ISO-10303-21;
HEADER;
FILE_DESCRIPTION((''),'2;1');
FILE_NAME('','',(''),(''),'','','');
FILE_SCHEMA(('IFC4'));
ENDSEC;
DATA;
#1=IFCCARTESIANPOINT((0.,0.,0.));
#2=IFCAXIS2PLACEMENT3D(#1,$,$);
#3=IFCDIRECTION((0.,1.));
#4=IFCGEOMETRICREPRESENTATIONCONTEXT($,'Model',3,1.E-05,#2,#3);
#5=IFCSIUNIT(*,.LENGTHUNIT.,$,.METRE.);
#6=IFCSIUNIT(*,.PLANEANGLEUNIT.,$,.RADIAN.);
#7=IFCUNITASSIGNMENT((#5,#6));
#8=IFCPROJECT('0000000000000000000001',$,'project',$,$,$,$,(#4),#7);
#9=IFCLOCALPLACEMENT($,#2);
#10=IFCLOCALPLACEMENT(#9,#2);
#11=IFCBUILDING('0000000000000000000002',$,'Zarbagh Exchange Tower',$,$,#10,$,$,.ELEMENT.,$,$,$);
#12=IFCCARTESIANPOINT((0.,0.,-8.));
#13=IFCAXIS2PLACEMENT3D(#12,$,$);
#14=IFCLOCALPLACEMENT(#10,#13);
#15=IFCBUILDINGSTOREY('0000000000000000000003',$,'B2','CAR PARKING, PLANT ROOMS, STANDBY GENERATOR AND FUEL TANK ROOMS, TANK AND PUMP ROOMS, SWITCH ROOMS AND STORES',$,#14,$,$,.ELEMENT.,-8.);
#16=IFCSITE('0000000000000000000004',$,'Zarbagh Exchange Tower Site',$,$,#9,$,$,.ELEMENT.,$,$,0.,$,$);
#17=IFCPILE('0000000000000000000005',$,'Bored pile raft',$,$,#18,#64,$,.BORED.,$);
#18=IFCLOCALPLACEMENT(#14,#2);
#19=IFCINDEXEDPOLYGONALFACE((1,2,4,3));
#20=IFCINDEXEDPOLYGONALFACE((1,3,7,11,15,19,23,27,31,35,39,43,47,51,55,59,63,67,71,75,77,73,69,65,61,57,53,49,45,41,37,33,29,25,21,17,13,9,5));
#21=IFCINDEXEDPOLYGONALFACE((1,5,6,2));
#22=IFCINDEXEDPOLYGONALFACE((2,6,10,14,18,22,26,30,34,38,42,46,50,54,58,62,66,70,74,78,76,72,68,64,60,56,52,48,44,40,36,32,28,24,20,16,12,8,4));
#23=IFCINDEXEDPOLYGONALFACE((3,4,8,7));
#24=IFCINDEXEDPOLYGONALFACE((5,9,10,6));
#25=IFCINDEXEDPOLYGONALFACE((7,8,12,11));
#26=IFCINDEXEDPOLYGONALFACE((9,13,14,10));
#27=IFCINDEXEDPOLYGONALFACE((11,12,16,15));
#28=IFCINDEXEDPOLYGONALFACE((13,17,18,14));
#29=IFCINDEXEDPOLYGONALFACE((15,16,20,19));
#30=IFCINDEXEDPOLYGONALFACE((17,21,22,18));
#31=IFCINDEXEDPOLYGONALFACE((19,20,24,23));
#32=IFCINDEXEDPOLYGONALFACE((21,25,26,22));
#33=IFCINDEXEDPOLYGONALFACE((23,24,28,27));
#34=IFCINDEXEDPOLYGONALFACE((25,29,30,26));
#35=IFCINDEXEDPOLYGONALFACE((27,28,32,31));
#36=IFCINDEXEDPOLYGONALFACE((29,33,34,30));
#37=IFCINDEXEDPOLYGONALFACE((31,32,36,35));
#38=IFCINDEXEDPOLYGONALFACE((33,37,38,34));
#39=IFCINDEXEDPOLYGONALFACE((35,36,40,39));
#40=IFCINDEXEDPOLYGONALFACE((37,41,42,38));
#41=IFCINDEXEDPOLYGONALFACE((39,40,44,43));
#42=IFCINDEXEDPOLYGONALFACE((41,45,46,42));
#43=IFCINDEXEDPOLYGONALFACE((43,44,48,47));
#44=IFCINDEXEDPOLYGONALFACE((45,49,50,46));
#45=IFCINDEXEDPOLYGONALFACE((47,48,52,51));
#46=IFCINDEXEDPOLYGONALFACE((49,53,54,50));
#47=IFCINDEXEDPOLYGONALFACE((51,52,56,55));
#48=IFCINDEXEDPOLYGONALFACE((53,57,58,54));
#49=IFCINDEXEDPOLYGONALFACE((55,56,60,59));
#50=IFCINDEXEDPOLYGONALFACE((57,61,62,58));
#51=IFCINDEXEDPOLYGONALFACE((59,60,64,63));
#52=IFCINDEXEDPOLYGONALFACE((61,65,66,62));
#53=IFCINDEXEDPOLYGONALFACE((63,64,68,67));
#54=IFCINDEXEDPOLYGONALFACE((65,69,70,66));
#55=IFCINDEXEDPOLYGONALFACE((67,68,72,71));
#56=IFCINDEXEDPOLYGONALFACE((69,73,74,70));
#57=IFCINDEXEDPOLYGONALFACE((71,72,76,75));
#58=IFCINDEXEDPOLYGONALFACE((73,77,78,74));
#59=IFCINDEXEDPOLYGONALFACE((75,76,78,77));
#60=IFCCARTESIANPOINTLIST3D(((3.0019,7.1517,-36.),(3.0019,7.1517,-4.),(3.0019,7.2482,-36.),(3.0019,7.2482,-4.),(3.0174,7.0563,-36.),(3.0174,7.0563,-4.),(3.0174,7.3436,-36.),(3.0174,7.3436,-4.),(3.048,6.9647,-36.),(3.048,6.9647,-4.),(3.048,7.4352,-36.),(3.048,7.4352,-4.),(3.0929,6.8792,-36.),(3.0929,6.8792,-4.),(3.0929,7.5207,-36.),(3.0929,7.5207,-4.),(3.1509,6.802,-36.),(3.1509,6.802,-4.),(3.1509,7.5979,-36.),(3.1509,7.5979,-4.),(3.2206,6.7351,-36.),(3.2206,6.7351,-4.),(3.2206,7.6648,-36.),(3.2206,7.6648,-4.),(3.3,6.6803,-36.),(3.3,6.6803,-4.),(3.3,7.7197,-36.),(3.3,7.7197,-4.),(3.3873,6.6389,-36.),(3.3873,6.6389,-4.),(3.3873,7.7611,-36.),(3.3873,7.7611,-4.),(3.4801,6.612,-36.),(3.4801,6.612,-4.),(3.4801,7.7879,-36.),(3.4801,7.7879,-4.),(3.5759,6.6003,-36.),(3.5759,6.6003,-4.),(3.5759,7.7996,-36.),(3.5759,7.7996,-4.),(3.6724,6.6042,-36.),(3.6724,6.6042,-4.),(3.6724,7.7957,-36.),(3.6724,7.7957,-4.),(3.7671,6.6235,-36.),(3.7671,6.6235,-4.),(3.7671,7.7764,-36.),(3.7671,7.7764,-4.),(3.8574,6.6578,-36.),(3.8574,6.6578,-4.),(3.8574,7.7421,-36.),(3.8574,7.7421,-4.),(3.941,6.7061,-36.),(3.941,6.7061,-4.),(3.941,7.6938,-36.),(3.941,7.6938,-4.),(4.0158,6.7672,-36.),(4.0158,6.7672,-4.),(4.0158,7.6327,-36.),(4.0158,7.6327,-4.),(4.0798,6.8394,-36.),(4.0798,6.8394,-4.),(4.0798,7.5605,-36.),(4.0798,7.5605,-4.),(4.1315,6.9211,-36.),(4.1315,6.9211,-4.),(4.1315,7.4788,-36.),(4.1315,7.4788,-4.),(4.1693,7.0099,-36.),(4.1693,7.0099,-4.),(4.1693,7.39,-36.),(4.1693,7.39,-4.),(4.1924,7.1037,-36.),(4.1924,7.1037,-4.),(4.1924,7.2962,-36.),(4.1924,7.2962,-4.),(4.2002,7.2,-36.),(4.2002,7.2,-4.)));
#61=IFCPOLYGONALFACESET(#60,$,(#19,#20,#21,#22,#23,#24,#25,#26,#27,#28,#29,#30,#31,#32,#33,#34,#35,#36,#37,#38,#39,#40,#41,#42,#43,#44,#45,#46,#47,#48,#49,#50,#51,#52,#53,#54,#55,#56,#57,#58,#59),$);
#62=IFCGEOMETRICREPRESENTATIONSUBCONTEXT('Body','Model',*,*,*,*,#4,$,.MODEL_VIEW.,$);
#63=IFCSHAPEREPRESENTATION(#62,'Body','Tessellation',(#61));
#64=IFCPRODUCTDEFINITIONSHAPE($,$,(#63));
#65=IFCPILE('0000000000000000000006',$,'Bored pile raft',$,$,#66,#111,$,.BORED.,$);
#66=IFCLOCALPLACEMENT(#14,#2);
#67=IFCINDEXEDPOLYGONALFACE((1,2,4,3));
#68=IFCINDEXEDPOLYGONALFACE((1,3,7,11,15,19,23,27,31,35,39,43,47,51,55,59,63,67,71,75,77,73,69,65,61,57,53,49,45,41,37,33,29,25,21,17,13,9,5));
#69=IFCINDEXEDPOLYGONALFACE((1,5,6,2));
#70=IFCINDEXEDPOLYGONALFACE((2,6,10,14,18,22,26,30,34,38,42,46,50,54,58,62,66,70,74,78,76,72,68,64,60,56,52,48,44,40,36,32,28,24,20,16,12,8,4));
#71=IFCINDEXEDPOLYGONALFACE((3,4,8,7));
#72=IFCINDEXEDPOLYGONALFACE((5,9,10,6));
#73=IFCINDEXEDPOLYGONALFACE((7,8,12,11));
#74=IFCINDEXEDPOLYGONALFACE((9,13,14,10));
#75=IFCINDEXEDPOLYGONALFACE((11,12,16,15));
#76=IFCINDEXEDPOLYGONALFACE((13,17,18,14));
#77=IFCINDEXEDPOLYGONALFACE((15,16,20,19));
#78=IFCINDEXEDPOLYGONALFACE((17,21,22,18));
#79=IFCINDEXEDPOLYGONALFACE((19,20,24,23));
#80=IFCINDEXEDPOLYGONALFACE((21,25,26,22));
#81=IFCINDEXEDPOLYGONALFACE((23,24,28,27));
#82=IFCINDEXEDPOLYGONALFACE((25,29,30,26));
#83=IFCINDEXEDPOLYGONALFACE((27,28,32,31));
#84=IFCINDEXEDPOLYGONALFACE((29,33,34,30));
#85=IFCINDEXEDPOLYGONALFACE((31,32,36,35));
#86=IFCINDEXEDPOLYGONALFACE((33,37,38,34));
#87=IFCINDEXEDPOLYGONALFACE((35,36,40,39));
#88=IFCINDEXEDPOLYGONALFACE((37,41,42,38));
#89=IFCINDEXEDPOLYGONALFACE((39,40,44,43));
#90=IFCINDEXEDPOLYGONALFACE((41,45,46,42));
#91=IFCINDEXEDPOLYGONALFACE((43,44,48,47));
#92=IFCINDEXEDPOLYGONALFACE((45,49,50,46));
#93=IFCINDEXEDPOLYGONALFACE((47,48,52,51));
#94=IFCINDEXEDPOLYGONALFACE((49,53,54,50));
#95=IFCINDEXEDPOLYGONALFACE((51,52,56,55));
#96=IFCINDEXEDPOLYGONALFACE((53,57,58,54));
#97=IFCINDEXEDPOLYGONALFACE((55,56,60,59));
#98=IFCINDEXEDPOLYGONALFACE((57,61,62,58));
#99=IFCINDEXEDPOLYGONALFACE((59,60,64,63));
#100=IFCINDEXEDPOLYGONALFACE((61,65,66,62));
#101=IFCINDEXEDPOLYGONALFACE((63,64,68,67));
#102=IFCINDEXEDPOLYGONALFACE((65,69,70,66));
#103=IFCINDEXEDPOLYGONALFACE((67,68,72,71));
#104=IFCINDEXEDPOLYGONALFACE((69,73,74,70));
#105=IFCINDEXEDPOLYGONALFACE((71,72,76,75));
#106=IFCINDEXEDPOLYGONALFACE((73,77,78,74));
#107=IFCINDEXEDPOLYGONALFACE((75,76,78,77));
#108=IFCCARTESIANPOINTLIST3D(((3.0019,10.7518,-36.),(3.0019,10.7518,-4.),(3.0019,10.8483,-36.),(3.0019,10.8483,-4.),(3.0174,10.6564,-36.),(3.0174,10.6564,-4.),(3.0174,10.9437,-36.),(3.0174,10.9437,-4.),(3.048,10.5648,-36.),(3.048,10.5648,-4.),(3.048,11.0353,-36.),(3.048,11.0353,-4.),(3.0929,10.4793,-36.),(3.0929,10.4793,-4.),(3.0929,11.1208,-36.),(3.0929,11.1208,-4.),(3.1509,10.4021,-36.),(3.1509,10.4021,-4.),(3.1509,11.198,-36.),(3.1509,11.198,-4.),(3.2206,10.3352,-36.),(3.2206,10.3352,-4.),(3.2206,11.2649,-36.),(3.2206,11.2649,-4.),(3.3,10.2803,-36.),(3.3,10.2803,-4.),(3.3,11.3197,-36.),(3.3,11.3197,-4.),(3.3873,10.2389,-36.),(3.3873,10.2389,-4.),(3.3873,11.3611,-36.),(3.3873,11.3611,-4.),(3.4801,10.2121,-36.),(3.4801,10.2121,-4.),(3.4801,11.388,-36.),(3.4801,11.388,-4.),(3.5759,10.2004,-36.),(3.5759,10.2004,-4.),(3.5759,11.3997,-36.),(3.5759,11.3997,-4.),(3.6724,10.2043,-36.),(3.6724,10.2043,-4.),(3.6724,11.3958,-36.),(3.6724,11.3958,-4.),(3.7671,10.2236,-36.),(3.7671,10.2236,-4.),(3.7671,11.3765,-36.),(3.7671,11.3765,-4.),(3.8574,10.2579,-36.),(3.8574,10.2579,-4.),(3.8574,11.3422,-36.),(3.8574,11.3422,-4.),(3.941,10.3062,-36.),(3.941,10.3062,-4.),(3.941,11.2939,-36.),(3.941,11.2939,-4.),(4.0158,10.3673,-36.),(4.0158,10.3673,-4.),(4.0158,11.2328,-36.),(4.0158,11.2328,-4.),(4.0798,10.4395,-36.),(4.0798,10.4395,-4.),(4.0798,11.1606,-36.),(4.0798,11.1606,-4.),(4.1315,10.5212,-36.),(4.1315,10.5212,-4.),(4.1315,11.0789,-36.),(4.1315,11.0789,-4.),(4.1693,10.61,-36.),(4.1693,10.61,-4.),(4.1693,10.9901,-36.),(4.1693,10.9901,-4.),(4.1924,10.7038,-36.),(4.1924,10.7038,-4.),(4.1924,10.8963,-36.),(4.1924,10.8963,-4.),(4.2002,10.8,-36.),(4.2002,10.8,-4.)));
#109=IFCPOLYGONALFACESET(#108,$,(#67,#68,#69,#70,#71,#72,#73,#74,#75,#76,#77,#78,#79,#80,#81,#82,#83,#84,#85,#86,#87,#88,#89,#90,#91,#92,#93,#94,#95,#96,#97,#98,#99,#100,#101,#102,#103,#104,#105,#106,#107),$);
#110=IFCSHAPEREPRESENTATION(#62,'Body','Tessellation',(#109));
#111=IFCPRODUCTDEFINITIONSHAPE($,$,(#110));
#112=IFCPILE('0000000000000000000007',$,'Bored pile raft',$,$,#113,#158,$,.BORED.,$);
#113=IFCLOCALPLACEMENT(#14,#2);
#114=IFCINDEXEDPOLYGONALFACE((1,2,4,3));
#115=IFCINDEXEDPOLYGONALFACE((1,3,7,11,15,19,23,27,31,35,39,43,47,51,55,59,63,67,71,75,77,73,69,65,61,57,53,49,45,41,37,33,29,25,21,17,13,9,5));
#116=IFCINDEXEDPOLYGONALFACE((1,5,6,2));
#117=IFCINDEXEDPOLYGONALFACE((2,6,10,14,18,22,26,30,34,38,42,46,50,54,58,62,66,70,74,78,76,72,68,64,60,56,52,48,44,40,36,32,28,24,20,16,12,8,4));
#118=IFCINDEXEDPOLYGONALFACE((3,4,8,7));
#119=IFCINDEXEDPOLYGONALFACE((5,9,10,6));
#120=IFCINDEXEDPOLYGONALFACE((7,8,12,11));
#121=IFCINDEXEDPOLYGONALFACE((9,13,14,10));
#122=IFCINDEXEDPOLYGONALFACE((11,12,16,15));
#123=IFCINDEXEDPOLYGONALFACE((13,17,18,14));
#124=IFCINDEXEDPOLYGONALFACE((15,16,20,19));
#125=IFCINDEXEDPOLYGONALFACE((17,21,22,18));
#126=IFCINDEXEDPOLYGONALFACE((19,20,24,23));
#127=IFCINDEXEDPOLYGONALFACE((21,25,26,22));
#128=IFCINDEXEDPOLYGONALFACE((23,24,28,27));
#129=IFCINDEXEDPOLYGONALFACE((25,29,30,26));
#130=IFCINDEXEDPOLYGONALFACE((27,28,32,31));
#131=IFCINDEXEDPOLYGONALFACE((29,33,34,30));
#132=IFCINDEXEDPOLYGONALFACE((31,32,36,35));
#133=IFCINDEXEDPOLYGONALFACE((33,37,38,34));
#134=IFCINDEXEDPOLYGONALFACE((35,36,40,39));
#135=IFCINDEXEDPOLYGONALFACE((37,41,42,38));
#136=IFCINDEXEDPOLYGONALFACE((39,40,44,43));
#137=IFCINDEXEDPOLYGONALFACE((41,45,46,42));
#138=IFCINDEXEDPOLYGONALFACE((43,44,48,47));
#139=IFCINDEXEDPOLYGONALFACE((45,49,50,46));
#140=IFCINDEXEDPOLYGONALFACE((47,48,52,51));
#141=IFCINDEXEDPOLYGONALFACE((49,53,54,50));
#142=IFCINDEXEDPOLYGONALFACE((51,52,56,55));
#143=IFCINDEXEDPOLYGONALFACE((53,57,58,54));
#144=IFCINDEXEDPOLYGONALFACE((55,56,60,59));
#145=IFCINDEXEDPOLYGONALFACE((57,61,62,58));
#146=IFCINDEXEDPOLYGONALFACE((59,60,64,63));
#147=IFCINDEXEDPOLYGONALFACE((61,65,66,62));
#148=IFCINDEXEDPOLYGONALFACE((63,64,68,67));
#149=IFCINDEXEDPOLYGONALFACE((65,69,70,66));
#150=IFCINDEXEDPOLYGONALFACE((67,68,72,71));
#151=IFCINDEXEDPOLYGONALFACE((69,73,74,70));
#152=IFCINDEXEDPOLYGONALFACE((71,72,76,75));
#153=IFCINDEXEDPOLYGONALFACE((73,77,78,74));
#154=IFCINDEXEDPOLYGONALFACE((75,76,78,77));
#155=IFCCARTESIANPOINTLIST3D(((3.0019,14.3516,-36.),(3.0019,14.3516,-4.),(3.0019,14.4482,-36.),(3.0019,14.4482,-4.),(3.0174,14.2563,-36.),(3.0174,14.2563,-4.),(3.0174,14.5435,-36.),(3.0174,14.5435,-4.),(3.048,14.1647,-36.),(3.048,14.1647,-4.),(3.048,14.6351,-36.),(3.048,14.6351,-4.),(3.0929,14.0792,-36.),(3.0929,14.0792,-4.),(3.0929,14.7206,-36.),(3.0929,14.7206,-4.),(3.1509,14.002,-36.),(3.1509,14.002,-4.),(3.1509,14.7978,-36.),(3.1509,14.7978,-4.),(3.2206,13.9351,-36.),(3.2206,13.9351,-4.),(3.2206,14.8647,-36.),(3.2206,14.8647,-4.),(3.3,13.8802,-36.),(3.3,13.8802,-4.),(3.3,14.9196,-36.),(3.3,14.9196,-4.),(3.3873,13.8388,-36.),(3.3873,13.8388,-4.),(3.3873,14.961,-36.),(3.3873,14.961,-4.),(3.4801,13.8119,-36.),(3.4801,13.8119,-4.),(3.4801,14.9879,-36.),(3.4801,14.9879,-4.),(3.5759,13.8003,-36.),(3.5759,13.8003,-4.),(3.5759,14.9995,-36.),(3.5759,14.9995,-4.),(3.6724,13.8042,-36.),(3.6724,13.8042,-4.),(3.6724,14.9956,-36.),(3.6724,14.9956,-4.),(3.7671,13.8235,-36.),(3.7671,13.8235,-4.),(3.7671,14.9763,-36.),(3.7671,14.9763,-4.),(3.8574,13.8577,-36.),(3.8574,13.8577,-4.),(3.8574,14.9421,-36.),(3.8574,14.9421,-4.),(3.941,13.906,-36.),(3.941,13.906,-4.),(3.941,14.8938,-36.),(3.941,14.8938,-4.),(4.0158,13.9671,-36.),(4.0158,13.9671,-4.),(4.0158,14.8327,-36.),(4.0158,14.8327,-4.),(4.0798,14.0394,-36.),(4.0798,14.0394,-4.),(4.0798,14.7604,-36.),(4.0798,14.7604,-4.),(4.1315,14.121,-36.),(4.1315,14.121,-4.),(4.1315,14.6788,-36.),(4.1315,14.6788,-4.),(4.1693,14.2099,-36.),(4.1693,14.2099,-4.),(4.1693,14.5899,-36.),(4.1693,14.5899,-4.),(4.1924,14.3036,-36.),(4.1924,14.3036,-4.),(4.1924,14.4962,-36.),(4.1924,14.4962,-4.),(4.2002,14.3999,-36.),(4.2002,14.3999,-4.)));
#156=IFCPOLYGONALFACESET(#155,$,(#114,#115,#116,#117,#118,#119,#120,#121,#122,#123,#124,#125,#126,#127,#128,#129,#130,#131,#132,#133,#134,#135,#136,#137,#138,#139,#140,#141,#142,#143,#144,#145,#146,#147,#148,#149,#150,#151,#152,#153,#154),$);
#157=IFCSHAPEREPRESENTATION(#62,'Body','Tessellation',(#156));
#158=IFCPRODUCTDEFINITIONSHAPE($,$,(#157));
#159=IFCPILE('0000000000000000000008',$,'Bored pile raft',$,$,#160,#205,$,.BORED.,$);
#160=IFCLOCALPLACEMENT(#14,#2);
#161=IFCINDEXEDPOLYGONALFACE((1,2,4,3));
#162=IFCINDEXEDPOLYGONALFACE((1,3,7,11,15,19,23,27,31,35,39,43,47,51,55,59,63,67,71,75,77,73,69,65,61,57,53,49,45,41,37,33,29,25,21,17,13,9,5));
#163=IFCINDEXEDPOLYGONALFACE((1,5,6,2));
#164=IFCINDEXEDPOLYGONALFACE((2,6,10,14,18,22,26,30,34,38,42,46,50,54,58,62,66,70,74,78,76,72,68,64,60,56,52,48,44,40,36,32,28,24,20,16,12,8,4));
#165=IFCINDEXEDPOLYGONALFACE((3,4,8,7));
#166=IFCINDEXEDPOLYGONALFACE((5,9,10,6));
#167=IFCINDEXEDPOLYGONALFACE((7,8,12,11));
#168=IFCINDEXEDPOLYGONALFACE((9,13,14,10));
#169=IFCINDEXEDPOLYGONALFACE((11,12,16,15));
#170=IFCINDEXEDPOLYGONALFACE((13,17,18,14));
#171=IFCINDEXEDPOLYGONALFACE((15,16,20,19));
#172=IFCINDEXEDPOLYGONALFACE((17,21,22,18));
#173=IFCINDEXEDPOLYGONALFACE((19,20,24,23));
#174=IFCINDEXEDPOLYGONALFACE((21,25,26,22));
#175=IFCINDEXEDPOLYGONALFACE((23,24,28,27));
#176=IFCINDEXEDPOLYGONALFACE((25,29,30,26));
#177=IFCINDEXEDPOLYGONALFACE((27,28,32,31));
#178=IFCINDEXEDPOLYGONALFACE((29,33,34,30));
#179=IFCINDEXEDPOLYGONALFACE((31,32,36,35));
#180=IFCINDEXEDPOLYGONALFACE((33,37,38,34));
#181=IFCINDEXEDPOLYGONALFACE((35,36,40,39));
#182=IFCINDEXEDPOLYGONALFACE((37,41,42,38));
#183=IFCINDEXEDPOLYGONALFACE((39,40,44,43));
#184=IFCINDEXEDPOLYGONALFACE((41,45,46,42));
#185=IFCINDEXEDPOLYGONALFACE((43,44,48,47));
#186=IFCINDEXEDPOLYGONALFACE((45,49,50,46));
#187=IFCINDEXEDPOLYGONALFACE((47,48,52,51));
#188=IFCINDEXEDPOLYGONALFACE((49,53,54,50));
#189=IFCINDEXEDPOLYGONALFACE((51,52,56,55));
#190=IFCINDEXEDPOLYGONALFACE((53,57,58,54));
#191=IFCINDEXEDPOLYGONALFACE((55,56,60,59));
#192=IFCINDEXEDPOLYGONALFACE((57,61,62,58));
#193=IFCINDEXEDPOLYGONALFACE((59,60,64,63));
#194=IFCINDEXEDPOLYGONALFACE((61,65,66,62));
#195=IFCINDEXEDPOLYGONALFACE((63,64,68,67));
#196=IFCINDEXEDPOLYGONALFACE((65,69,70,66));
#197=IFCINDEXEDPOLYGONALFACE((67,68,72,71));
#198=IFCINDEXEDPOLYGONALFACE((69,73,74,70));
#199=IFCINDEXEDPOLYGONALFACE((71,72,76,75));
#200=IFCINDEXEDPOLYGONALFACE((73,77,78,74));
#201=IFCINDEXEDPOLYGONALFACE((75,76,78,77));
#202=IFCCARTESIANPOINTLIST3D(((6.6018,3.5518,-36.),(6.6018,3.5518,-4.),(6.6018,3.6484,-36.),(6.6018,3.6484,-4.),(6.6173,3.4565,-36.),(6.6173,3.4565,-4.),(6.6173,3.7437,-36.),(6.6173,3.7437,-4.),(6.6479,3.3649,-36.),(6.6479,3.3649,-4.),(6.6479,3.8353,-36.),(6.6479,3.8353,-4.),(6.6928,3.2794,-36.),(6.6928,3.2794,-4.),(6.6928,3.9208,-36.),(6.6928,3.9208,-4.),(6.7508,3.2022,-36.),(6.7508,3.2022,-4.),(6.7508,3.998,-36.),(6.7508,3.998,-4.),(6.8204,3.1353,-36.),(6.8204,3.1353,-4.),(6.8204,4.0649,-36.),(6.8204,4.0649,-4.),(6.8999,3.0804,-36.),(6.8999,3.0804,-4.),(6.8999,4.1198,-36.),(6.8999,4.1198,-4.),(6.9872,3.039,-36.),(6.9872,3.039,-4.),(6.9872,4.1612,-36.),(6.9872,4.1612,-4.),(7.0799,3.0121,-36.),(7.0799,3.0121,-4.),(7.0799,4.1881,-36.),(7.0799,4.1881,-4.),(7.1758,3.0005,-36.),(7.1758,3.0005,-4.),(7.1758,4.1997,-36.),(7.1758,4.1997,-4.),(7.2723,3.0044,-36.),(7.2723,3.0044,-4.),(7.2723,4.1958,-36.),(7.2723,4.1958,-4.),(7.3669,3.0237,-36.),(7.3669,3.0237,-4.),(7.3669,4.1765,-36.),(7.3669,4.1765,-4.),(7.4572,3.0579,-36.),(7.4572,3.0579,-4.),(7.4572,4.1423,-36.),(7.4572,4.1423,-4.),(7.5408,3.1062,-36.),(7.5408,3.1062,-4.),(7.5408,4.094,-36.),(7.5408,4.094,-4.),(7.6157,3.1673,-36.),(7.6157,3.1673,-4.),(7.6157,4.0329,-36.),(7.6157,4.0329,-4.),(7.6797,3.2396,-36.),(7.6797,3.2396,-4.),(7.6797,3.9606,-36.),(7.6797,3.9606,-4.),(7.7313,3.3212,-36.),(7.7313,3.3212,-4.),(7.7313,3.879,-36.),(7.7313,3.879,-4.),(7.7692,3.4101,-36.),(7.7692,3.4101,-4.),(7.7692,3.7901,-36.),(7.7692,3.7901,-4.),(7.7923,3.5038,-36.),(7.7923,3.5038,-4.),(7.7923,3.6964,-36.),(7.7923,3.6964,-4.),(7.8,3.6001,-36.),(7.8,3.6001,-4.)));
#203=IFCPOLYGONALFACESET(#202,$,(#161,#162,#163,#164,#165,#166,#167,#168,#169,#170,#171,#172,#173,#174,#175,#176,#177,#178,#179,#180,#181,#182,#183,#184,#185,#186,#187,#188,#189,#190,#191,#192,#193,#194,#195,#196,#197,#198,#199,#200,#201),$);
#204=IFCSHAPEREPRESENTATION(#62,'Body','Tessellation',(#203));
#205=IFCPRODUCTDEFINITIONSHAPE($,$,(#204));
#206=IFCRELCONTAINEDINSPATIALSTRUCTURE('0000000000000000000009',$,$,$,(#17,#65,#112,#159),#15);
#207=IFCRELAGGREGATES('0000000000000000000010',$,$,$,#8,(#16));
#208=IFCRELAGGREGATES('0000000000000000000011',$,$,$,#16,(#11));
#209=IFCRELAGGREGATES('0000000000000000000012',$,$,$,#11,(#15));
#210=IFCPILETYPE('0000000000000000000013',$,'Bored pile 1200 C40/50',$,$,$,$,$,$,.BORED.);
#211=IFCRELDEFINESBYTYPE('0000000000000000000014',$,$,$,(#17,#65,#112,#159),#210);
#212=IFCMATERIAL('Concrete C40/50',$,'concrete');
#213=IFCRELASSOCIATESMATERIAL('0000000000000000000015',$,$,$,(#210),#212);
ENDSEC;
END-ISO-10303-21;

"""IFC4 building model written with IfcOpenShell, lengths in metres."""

from ifc_helpers import new_model, si_unit, direction, frame, origin, origin_2d, place, context, subcontext, project, spatial, circle, extrude, material, material_profile, profile_set, type_object, element, save


model = new_model("IFC4")

# Units and contexts
model_context = context("Model", 3, precision=1e-05, world=origin(), true_north=direction((0.0, 1.0)))
body_context = subcontext(model_context, "Body", "Model", "MODEL_VIEW")
ifc_project = project(units=[si_unit("LENGTHUNIT", "METRE"), si_unit("PLANEANGLEUNIT", "RADIAN")], contexts=[model_context])

# Site, building, storey
site_placement = place(None, origin())
site = spatial("IfcSite", under=ifc_project, at=site_placement, Name="Zarbagh Exchange Tower Site", CompositionType="ELEMENT", RefElevation=0.0)
building_placement = place(site_placement, origin())
building = spatial("IfcBuilding", under=site, at=building_placement, Name="Zarbagh Exchange Tower", CompositionType="ELEMENT")
storey_placement = place(building_placement, frame((0.0, 0.0, -8.0)))
storey = spatial("IfcBuildingStorey", under=building, at=storey_placement, Name="B2", Description="CAR PARKING, PLANT ROOMS, STANDBY GENERATOR AND FUEL TANK ROOMS, TANK AND PUMP ROOMS, SWITCH ROOMS AND STORES", CompositionType="ELEMENT", Elevation=-8.0)

# Piles
ifc_material_1 = material(Name="Concrete C40/50", Category="concrete")
ifc_material_profile_1 = material_profile(ifc_material_1, circle(Radius=0.6001, at=origin_2d()), Name="Bored pile 1200 C40/50")
ifc_profile_set_1 = profile_set([ifc_material_profile_1], Name="Concrete C40/50")
pile_type = type_object("IfcPileType", Name="Bored pile 1200 C40/50", PredefinedType="BORED", material=ifc_profile_set_1)
for number, where, z_axis, x_axis, name in (
    (1, (3.6001, 7.2, -4.0), (0.0, 0.0, -1.0), (1.0, 0.0, 0.0), "Bored pile raft"),
    (2, (3.6001, 10.8, -4.0), (0.0, 0.0, -1.0), (1.0, 0.0, 0.0), "Bored pile raft"),
    (3, (3.6001, 14.3999, -4.0), (0.0, 0.0, -1.0), (1.0, 0.0, 0.0), "Bored pile raft"),
    (4, (7.2, 3.6001, -4.0), (0.0, 0.0, -1.0), (1.0, 0.0, 0.0), "Bored pile raft"),
):
    element("IfcPile", number, at=place(storey_placement, frame(where, z_axis=z_axis, x_axis=x_axis)), inside=storey, type_object=pile_type, Name=name, PredefinedType="BORED", context=body_context, shape_type="SweptSolid", body=[
        extrude(circle(Radius=0.6001, at=origin_2d()), origin(), (0.0, 0.0, 1.0), 32.0),
    ])

save(model, "model.ifc")
